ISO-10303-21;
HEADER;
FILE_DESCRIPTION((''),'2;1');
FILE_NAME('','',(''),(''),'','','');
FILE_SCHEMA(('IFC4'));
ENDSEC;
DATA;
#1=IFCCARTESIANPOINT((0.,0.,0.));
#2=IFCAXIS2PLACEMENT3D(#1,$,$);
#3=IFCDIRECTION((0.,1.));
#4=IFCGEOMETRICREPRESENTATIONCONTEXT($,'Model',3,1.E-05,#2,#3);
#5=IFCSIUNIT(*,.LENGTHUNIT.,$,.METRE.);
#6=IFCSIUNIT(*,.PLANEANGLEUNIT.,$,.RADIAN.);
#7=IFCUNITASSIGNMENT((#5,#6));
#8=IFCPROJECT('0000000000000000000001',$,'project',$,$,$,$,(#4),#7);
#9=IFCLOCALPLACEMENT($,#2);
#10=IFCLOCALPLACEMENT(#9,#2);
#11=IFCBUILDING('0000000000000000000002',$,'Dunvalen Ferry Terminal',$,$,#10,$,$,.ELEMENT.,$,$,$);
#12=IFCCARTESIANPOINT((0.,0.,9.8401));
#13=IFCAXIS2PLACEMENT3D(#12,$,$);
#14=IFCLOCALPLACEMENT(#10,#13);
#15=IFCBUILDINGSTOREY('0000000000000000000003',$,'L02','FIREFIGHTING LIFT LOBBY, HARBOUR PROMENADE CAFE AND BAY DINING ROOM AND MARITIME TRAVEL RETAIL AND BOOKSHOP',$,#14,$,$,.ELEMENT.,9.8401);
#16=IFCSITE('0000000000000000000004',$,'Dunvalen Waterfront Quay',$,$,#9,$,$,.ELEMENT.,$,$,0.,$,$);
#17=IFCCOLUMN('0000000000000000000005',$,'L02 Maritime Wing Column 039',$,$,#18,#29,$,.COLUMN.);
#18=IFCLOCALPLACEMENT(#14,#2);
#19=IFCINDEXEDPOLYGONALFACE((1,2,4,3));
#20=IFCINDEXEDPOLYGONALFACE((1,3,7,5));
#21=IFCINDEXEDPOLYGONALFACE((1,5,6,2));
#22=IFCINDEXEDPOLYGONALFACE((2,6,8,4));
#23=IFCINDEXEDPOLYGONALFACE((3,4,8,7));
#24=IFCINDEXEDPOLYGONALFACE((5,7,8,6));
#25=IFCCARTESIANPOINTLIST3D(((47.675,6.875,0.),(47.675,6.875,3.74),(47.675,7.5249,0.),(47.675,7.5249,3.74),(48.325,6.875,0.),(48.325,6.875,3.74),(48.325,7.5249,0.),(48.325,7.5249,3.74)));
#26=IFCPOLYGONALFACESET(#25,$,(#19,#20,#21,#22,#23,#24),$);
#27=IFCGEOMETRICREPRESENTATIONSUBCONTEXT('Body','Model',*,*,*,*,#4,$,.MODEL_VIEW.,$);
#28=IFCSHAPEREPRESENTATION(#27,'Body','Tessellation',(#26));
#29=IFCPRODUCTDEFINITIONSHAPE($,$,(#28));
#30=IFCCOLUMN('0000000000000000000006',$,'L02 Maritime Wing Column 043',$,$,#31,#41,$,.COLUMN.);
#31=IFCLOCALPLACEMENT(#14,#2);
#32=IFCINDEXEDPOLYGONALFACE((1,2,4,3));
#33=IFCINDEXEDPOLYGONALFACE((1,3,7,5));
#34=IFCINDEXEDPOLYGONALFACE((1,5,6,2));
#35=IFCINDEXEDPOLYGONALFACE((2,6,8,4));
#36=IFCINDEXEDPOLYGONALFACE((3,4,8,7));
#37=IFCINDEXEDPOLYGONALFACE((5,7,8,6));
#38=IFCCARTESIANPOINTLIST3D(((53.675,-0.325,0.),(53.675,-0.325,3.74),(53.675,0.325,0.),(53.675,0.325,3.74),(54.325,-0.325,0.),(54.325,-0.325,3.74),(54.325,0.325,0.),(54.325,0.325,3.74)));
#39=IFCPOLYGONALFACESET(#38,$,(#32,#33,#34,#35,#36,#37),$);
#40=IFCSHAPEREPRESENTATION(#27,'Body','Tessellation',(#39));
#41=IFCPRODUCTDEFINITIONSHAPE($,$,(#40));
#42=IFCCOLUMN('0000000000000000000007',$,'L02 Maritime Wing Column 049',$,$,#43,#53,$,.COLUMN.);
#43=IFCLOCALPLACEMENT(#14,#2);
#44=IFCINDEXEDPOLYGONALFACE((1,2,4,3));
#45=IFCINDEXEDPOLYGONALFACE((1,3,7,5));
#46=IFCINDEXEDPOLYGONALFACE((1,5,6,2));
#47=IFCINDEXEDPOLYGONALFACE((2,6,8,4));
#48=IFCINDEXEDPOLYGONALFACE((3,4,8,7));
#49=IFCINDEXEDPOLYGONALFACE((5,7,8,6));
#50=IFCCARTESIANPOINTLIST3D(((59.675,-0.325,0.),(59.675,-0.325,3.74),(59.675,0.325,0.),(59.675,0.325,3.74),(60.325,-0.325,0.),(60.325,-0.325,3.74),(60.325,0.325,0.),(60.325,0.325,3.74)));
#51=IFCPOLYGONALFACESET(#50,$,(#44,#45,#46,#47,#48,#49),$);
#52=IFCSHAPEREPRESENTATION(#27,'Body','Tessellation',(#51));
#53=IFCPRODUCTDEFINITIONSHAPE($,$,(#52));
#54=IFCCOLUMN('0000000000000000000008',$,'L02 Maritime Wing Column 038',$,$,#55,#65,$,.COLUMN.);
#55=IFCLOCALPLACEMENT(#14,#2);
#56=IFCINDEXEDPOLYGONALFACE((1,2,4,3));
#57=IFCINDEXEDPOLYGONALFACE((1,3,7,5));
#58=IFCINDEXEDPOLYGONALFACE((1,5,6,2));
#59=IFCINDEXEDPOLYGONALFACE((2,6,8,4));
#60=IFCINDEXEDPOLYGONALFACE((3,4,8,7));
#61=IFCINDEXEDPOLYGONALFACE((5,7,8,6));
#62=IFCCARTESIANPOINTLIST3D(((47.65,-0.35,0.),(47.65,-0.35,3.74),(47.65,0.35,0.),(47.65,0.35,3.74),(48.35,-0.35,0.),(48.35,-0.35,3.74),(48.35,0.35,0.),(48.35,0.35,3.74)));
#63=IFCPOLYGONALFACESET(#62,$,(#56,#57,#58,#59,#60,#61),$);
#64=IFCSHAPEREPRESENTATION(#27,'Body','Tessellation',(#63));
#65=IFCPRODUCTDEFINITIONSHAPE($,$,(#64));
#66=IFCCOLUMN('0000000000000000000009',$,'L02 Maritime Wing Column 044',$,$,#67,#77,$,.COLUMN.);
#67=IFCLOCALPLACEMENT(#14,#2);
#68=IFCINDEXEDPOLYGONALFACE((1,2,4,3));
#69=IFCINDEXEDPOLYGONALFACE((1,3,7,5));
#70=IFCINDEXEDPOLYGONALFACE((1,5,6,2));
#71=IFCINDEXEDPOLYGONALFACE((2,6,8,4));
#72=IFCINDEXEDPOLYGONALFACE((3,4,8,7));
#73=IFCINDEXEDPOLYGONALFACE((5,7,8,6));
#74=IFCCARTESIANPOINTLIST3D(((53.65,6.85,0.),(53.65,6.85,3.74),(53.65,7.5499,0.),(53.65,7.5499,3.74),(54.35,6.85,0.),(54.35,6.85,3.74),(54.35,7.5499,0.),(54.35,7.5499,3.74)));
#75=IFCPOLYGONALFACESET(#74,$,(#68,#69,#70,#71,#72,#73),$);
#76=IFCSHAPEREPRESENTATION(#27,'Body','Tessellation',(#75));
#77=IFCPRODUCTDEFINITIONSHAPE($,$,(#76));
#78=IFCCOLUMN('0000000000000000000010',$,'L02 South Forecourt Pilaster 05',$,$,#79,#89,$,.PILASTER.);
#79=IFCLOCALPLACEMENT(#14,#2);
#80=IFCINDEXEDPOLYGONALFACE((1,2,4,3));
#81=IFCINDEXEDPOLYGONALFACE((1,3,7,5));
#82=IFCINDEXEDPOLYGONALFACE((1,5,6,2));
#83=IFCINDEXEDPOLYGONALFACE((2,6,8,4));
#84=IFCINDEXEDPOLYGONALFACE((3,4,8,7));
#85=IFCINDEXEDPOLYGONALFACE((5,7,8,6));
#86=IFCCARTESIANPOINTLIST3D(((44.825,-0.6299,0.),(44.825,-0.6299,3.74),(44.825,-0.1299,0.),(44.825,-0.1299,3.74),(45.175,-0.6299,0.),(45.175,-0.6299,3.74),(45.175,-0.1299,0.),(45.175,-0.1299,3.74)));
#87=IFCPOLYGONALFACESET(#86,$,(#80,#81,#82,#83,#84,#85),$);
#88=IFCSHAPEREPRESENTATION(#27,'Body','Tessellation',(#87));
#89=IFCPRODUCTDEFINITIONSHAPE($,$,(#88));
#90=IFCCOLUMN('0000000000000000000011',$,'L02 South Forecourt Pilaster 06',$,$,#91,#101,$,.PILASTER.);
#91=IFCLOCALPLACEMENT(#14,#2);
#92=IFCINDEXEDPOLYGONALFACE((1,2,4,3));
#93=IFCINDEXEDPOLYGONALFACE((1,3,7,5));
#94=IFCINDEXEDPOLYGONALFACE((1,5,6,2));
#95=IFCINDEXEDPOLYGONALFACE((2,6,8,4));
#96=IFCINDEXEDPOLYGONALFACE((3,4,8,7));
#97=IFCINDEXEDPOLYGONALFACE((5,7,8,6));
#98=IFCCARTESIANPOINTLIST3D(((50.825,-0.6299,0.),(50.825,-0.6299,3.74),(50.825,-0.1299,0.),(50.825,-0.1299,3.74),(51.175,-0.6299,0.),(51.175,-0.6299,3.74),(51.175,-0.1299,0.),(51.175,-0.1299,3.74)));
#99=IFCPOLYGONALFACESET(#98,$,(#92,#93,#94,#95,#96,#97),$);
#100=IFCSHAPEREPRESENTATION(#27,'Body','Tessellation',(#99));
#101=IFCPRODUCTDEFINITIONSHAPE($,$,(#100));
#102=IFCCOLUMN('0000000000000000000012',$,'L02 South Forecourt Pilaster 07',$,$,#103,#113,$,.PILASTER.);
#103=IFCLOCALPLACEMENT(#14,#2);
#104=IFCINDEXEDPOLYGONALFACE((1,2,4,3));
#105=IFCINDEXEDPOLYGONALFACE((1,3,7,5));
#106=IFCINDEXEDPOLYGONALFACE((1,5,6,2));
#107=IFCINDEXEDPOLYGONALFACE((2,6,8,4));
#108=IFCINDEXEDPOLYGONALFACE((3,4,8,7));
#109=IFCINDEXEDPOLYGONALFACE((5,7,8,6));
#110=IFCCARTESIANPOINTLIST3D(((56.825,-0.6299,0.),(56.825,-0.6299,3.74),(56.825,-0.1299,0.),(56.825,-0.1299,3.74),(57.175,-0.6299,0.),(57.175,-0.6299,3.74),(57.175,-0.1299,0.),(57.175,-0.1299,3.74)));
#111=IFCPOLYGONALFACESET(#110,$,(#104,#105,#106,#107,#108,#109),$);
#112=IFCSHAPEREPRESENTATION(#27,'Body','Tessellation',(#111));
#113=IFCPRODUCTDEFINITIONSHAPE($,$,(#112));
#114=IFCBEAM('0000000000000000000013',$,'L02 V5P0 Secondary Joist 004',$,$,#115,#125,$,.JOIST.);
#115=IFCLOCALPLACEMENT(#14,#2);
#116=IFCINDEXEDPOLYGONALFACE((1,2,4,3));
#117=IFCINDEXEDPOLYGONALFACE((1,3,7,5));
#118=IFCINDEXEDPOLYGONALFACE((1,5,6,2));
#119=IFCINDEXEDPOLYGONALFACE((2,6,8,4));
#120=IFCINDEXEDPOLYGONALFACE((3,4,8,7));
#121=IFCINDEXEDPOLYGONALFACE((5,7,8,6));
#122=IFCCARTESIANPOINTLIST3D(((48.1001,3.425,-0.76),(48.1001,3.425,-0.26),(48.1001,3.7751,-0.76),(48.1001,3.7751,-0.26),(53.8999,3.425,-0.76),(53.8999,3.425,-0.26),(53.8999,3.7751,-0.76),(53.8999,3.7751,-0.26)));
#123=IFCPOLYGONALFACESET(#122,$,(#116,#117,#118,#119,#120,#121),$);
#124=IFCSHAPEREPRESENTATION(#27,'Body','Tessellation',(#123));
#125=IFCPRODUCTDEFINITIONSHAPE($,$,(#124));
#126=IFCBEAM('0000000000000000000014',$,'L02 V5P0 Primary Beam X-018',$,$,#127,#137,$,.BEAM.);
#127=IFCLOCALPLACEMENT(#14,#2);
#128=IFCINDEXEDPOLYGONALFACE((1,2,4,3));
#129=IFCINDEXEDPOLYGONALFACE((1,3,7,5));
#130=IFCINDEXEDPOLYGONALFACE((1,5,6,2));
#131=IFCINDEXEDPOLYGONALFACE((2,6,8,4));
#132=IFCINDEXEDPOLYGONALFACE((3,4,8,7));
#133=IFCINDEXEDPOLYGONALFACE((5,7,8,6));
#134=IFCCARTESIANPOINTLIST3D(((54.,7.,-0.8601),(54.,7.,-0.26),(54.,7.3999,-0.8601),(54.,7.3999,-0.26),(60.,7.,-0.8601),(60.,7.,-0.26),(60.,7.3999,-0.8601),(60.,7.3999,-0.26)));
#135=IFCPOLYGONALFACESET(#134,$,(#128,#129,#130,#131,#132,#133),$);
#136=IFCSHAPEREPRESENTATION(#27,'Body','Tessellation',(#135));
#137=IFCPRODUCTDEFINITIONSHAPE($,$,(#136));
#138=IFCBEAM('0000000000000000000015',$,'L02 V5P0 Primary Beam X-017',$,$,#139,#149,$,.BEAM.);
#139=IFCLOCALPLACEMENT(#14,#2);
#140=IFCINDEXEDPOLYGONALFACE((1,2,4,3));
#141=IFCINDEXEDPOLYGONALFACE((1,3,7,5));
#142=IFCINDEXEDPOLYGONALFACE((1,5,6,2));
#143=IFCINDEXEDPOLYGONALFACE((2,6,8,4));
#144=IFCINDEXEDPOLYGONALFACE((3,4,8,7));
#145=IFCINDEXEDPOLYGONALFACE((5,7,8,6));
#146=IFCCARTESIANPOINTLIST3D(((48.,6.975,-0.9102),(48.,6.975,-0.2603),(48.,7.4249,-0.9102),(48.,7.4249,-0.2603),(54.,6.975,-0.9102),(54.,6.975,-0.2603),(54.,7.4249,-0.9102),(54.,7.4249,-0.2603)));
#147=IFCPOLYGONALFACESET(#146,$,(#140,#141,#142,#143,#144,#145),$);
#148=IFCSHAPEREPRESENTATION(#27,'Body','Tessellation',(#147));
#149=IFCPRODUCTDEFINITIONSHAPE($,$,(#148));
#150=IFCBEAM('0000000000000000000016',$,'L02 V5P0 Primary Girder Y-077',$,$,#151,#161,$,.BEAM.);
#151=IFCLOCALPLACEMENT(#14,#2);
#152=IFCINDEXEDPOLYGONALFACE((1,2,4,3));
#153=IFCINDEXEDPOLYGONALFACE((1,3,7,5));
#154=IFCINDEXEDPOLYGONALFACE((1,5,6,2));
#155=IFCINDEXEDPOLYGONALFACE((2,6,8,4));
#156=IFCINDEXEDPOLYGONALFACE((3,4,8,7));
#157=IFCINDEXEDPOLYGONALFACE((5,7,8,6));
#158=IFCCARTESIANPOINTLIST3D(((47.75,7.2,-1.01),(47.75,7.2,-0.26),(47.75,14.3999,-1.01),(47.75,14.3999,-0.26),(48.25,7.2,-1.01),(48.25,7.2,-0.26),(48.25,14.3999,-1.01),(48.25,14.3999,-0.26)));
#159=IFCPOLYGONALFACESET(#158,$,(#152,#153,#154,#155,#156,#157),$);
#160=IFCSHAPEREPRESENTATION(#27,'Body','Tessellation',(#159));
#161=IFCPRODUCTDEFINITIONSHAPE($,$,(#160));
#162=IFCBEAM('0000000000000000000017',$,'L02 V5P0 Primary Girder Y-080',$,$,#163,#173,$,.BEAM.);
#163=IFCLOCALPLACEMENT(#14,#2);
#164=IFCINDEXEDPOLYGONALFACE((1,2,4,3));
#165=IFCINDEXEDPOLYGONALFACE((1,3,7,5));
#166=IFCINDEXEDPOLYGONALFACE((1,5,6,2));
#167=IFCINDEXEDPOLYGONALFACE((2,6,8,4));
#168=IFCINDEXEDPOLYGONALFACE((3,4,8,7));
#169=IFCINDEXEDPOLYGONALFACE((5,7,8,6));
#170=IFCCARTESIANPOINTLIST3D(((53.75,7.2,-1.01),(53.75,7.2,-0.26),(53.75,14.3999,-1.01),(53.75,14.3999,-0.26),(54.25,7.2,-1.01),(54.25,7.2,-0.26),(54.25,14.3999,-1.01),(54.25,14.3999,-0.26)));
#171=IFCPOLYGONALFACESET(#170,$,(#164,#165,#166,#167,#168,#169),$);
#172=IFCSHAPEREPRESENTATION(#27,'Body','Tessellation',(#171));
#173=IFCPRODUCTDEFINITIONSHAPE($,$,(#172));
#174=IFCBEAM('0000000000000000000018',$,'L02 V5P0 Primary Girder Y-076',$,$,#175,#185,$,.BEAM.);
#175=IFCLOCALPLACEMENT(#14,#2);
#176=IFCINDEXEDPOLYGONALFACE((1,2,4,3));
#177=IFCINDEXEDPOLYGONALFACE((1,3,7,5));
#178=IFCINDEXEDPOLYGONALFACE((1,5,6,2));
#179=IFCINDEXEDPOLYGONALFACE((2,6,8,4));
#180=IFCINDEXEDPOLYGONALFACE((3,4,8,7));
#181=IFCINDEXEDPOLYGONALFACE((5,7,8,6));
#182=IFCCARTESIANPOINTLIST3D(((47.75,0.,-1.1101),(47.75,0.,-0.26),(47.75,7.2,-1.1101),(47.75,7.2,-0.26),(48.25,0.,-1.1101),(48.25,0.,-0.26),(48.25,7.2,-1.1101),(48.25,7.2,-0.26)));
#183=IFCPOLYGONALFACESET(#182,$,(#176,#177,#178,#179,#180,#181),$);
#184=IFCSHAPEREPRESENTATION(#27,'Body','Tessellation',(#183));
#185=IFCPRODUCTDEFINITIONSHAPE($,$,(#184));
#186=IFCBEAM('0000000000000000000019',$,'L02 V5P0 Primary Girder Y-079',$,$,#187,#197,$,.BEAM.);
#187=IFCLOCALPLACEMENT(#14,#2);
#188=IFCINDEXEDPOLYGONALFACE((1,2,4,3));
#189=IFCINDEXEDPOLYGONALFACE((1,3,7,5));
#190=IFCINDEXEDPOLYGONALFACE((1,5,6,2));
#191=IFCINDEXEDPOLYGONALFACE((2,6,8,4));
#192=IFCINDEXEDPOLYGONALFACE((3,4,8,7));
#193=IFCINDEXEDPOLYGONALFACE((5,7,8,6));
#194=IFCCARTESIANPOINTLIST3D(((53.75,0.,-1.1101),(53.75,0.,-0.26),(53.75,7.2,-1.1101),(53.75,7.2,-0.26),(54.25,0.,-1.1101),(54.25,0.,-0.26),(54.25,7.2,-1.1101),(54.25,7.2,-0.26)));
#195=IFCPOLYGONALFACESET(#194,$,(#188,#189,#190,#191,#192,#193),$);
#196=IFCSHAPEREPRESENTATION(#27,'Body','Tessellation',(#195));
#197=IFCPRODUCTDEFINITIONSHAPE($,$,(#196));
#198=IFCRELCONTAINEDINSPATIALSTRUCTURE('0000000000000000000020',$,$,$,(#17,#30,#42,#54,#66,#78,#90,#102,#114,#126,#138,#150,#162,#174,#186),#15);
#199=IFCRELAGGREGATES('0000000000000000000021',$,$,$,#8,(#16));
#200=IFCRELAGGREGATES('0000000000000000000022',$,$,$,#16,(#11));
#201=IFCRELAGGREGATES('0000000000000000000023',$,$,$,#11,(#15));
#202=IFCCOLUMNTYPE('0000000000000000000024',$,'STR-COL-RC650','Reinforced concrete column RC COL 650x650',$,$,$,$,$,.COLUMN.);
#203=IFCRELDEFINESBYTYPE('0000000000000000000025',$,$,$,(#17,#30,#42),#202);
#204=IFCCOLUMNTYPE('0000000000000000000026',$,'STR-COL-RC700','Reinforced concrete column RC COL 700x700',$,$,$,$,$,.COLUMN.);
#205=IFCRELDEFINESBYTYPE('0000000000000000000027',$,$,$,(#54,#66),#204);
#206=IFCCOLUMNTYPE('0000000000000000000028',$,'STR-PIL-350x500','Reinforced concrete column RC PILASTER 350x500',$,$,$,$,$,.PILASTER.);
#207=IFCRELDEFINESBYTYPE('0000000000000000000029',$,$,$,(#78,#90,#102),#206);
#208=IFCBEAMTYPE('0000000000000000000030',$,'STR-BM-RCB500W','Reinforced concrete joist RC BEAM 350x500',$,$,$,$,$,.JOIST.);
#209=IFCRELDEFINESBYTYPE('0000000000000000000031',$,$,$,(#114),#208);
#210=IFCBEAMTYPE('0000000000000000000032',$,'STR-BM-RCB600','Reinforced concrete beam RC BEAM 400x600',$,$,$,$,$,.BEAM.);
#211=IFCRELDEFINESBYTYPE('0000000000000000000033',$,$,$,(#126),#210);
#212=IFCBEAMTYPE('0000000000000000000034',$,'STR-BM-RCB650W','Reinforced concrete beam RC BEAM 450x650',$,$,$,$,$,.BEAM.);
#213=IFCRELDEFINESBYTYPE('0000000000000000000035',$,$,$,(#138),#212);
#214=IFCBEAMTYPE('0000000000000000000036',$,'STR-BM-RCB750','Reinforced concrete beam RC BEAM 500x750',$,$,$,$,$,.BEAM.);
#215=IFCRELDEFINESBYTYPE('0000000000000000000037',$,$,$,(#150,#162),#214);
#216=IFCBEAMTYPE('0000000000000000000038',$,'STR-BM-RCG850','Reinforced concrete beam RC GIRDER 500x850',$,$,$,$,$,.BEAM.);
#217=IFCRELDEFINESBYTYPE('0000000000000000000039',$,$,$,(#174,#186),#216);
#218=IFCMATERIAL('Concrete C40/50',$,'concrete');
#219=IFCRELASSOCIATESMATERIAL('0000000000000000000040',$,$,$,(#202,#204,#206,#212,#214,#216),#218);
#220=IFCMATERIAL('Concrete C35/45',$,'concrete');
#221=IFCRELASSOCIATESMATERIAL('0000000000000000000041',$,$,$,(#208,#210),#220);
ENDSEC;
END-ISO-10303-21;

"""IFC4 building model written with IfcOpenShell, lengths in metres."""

from ifc_helpers import new_model, si_unit, direction, frame, origin, origin_2d, place, context, subcontext, project, spatial, rectangle, extrude, material, material_profile, profile_set, type_object, element, save


model = new_model("IFC4")

# Units and contexts
model_context = context("Model", 3, precision=1e-05, world=origin(), true_north=direction((0.0, 1.0)))
body_context = subcontext(model_context, "Body", "Model", "MODEL_VIEW")
ifc_project = project(units=[si_unit("LENGTHUNIT", "METRE"), si_unit("PLANEANGLEUNIT", "RADIAN")], contexts=[model_context])

# Site, building, storey
site_placement = place(None, origin())
site = spatial("IfcSite", under=ifc_project, at=site_placement, Name="Dunvalen Waterfront Quay", CompositionType="ELEMENT", RefElevation=0.0)
building_placement = place(site_placement, origin())
building = spatial("IfcBuilding", under=site, at=building_placement, Name="Dunvalen Ferry Terminal", CompositionType="ELEMENT")
storey_placement = place(building_placement, frame((0.0, 0.0, 9.8401)))
storey = spatial("IfcBuildingStorey", under=building, at=storey_placement, Name="L02", Description="FIREFIGHTING LIFT LOBBY, HARBOUR PROMENADE CAFE AND BAY DINING ROOM AND MARITIME TRAVEL RETAIL AND BOOKSHOP", CompositionType="ELEMENT", Elevation=9.8401)

# Columns
ifc_material_1 = material(Name="Concrete C40/50", Category="concrete")
ifc_material_profile_1 = material_profile(ifc_material_1, rectangle(XDim=0.6499, YDim=0.6499, at=origin_2d()), Name="Concrete C40/50")
ifc_profile_set_1 = profile_set([ifc_material_profile_1], Name="Concrete C40/50")
column_type_1 = type_object("IfcColumnType", Name="STR-COL-RC650", Description="Reinforced concrete column RC COL 650x650", PredefinedType="COLUMN", material=ifc_profile_set_1)
for number, where, z_axis, x_axis, name in (
    (1, (48.0, 7.2, 0.0), (0.0, 0.0, 1.0), (1.0, 0.0, 0.0), "L02 Maritime Wing Column 039"),
    (2, (54.0, 0.0, 0.0), (0.0, 0.0, 1.0), (1.0, 0.0, 0.0), "L02 Maritime Wing Column 043"),
    (3, (60.0, 0.0, 0.0), (0.0, 0.0, 1.0), (1.0, 0.0, 0.0), "L02 Maritime Wing Column 049"),
):
    element("IfcColumn", number, at=place(storey_placement, frame(where, z_axis=z_axis, x_axis=x_axis)), inside=storey, type_object=column_type_1, Name=name, PredefinedType="COLUMN", context=body_context, shape_type="SweptSolid", body=[
        extrude(rectangle(XDim=0.6499, YDim=0.6499, at=origin_2d()), origin(), (0.0, 0.0, 1.0), 3.74),
    ])
ifc_material_profile_2 = material_profile(ifc_material_1, rectangle(XDim=0.7, YDim=0.7, at=origin_2d()), Name="Concrete C40/50")
ifc_profile_set_2 = profile_set([ifc_material_profile_2], Name="Concrete C40/50")
column_type_2 = type_object("IfcColumnType", Name="STR-COL-RC700", Description="Reinforced concrete column RC COL 700x700", PredefinedType="COLUMN", material=ifc_profile_set_2)
for number, where, z_axis, x_axis, name in (
    (4, (48.0, 0.0, 0.0), (0.0, 0.0, 1.0), (1.0, 0.0, 0.0), "L02 Maritime Wing Column 038"),
    (5, (54.0, 7.2, 0.0), (0.0, 0.0, 1.0), (1.0, 0.0, 0.0), "L02 Maritime Wing Column 044"),
):
    element("IfcColumn", number, at=place(storey_placement, frame(where, z_axis=z_axis, x_axis=x_axis)), inside=storey, type_object=column_type_2, Name=name, PredefinedType="COLUMN", context=body_context, shape_type="SweptSolid", body=[
        extrude(rectangle(XDim=0.7, YDim=0.7, at=origin_2d()), origin(), (0.0, 0.0, 1.0), 3.74),
    ])
ifc_material_profile_3 = material_profile(ifc_material_1, rectangle(XDim=0.3501, YDim=0.5, at=origin_2d()), Name="Concrete C40/50")
ifc_profile_set_3 = profile_set([ifc_material_profile_3], Name="Concrete C40/50")
column_type_3 = type_object("IfcColumnType", Name="STR-PIL-350x500", Description="Reinforced concrete column RC PILASTER 350x500", PredefinedType="PILASTER", material=ifc_profile_set_3)
for number, where, z_axis, x_axis, name in (
    (6, (45.0, -0.3799, 0.0), (0.0, 0.0, 1.0), (1.0, 0.0, 0.0), "L02 South Forecourt Pilaster 05"),
    (7, (51.0, -0.3799, 0.0), (0.0, 0.0, 1.0), (1.0, 0.0, 0.0), "L02 South Forecourt Pilaster 06"),
    (8, (57.0, -0.3799, 0.0), (0.0, 0.0, 1.0), (1.0, 0.0, 0.0), "L02 South Forecourt Pilaster 07"),
):
    element("IfcColumn", number, at=place(storey_placement, frame(where, z_axis=z_axis, x_axis=x_axis)), inside=storey, type_object=column_type_3, Name=name, PredefinedType="PILASTER", context=body_context, shape_type="SweptSolid", body=[
        extrude(rectangle(XDim=0.3501, YDim=0.5, at=origin_2d()), origin(), (0.0, 0.0, 1.0), 3.74),
    ])

# Beams
ifc_material_2 = material(Name="Concrete C35/45", Category="concrete")
ifc_material_profile_4 = material_profile(ifc_material_2, rectangle(XDim=0.3501, YDim=0.5, at=origin_2d()), Name="Concrete C35/45")
ifc_profile_set_4 = profile_set([ifc_material_profile_4], Name="Concrete C35/45")
beam_type_1 = type_object("IfcBeamType", Name="STR-BM-RCB500W", Description="Reinforced concrete joist RC BEAM 350x500", PredefinedType="JOIST", material=ifc_profile_set_4)
beam_1_placement = place(storey_placement, frame((48.1001, 3.6001, -0.51), z_axis=(1.0, 0.0, 0.0), x_axis=(0.0, 1.0, 0.0)))
element("IfcBeam", 9, at=beam_1_placement, inside=storey, type_object=beam_type_1, Name="L02 V5P0 Secondary Joist 004", PredefinedType="JOIST", context=body_context, shape_type="SweptSolid", body=[
    extrude(rectangle(XDim=0.3501, YDim=0.5, at=origin_2d()), origin(), (0.0, 0.0, 1.0), 5.7998),
])
ifc_material_profile_5 = material_profile(ifc_material_2, rectangle(XDim=0.3999, YDim=0.6001, at=origin_2d()), Name="Concrete C35/45")
ifc_profile_set_5 = profile_set([ifc_material_profile_5], Name="Concrete C35/45")
beam_type_2 = type_object("IfcBeamType", Name="STR-BM-RCB600", Description="Reinforced concrete beam RC BEAM 400x600", PredefinedType="BEAM", material=ifc_profile_set_5)
beam_2_placement = place(storey_placement, frame((54.0, 7.2, -0.5601), z_axis=(1.0, 0.0, 0.0), x_axis=(0.0, 1.0, 0.0)))
element("IfcBeam", 10, at=beam_2_placement, inside=storey, type_object=beam_type_2, Name="L02 V5P0 Primary Beam X-018", PredefinedType="BEAM", context=body_context, shape_type="SweptSolid", body=[
    extrude(rectangle(XDim=0.3999, YDim=0.6001, at=origin_2d()), origin(), (0.0, 0.0, 1.0), 6.0),
])
ifc_material_profile_6 = material_profile(ifc_material_1, rectangle(XDim=0.45, YDim=0.6499, at=origin_2d()), Name="Concrete C40/50")
ifc_profile_set_6 = profile_set([ifc_material_profile_6], Name="Concrete C40/50")
beam_type_3 = type_object("IfcBeamType", Name="STR-BM-RCB650W", Description="Reinforced concrete beam RC BEAM 450x650", PredefinedType="BEAM", material=ifc_profile_set_6)
beam_3_placement = place(storey_placement, frame((48.0, 7.2, -0.5852), z_axis=(1.0, 0.0, 0.0), x_axis=(0.0, 1.0, 0.0)))
element("IfcBeam", 11, at=beam_3_placement, inside=storey, type_object=beam_type_3, Name="L02 V5P0 Primary Beam X-017", PredefinedType="BEAM", context=body_context, shape_type="SweptSolid", body=[
    extrude(rectangle(XDim=0.45, YDim=0.6499, at=origin_2d()), origin(), (0.0, 0.0, 1.0), 6.0),
])
ifc_material_profile_7 = material_profile(ifc_material_1, rectangle(XDim=0.5, YDim=0.75, at=origin_2d()), Name="Concrete C40/50")
ifc_profile_set_7 = profile_set([ifc_material_profile_7], Name="Concrete C40/50")
beam_type_4 = type_object("IfcBeamType", Name="STR-BM-RCB750", Description="Reinforced concrete beam RC BEAM 500x750", PredefinedType="BEAM", material=ifc_profile_set_7)
for number, where, z_axis, x_axis, name in (
    (12, (48.0, 7.2, -0.635), (0.0, 1.0, 0.0), (-1.0, 0.0, 0.0), "L02 V5P0 Primary Girder Y-077"),
    (13, (54.0, 7.2, -0.635), (0.0, 1.0, 0.0), (-1.0, 0.0, 0.0), "L02 V5P0 Primary Girder Y-080"),
):
    element("IfcBeam", number, at=place(storey_placement, frame(where, z_axis=z_axis, x_axis=x_axis)), inside=storey, type_object=beam_type_4, Name=name, PredefinedType="BEAM", context=body_context, shape_type="SweptSolid", body=[
        extrude(rectangle(XDim=0.5, YDim=0.75, at=origin_2d()), origin(), (0.0, 0.0, 1.0), 7.2),
    ])
ifc_material_profile_8 = material_profile(ifc_material_1, rectangle(XDim=0.5, YDim=0.8501, at=origin_2d()), Name="Concrete C40/50")
ifc_profile_set_8 = profile_set([ifc_material_profile_8], Name="Concrete C40/50")
beam_type_5 = type_object("IfcBeamType", Name="STR-BM-RCG850", Description="Reinforced concrete beam RC GIRDER 500x850", PredefinedType="BEAM", material=ifc_profile_set_8)
for number, where, z_axis, x_axis, name in (
    (14, (48.0, 0.0, -0.6851), (0.0, 1.0, 0.0), (-1.0, 0.0, 0.0), "L02 V5P0 Primary Girder Y-076"),
    (15, (54.0, 0.0, -0.6851), (0.0, 1.0, 0.0), (-1.0, 0.0, 0.0), "L02 V5P0 Primary Girder Y-079"),
):
    element("IfcBeam", number, at=place(storey_placement, frame(where, z_axis=z_axis, x_axis=x_axis)), inside=storey, type_object=beam_type_5, Name=name, PredefinedType="BEAM", context=body_context, shape_type="SweptSolid", body=[
        extrude(rectangle(XDim=0.5, YDim=0.8501, at=origin_2d()), origin(), (0.0, 0.0, 1.0), 7.2),
    ])

save(model, "model.ifc")
